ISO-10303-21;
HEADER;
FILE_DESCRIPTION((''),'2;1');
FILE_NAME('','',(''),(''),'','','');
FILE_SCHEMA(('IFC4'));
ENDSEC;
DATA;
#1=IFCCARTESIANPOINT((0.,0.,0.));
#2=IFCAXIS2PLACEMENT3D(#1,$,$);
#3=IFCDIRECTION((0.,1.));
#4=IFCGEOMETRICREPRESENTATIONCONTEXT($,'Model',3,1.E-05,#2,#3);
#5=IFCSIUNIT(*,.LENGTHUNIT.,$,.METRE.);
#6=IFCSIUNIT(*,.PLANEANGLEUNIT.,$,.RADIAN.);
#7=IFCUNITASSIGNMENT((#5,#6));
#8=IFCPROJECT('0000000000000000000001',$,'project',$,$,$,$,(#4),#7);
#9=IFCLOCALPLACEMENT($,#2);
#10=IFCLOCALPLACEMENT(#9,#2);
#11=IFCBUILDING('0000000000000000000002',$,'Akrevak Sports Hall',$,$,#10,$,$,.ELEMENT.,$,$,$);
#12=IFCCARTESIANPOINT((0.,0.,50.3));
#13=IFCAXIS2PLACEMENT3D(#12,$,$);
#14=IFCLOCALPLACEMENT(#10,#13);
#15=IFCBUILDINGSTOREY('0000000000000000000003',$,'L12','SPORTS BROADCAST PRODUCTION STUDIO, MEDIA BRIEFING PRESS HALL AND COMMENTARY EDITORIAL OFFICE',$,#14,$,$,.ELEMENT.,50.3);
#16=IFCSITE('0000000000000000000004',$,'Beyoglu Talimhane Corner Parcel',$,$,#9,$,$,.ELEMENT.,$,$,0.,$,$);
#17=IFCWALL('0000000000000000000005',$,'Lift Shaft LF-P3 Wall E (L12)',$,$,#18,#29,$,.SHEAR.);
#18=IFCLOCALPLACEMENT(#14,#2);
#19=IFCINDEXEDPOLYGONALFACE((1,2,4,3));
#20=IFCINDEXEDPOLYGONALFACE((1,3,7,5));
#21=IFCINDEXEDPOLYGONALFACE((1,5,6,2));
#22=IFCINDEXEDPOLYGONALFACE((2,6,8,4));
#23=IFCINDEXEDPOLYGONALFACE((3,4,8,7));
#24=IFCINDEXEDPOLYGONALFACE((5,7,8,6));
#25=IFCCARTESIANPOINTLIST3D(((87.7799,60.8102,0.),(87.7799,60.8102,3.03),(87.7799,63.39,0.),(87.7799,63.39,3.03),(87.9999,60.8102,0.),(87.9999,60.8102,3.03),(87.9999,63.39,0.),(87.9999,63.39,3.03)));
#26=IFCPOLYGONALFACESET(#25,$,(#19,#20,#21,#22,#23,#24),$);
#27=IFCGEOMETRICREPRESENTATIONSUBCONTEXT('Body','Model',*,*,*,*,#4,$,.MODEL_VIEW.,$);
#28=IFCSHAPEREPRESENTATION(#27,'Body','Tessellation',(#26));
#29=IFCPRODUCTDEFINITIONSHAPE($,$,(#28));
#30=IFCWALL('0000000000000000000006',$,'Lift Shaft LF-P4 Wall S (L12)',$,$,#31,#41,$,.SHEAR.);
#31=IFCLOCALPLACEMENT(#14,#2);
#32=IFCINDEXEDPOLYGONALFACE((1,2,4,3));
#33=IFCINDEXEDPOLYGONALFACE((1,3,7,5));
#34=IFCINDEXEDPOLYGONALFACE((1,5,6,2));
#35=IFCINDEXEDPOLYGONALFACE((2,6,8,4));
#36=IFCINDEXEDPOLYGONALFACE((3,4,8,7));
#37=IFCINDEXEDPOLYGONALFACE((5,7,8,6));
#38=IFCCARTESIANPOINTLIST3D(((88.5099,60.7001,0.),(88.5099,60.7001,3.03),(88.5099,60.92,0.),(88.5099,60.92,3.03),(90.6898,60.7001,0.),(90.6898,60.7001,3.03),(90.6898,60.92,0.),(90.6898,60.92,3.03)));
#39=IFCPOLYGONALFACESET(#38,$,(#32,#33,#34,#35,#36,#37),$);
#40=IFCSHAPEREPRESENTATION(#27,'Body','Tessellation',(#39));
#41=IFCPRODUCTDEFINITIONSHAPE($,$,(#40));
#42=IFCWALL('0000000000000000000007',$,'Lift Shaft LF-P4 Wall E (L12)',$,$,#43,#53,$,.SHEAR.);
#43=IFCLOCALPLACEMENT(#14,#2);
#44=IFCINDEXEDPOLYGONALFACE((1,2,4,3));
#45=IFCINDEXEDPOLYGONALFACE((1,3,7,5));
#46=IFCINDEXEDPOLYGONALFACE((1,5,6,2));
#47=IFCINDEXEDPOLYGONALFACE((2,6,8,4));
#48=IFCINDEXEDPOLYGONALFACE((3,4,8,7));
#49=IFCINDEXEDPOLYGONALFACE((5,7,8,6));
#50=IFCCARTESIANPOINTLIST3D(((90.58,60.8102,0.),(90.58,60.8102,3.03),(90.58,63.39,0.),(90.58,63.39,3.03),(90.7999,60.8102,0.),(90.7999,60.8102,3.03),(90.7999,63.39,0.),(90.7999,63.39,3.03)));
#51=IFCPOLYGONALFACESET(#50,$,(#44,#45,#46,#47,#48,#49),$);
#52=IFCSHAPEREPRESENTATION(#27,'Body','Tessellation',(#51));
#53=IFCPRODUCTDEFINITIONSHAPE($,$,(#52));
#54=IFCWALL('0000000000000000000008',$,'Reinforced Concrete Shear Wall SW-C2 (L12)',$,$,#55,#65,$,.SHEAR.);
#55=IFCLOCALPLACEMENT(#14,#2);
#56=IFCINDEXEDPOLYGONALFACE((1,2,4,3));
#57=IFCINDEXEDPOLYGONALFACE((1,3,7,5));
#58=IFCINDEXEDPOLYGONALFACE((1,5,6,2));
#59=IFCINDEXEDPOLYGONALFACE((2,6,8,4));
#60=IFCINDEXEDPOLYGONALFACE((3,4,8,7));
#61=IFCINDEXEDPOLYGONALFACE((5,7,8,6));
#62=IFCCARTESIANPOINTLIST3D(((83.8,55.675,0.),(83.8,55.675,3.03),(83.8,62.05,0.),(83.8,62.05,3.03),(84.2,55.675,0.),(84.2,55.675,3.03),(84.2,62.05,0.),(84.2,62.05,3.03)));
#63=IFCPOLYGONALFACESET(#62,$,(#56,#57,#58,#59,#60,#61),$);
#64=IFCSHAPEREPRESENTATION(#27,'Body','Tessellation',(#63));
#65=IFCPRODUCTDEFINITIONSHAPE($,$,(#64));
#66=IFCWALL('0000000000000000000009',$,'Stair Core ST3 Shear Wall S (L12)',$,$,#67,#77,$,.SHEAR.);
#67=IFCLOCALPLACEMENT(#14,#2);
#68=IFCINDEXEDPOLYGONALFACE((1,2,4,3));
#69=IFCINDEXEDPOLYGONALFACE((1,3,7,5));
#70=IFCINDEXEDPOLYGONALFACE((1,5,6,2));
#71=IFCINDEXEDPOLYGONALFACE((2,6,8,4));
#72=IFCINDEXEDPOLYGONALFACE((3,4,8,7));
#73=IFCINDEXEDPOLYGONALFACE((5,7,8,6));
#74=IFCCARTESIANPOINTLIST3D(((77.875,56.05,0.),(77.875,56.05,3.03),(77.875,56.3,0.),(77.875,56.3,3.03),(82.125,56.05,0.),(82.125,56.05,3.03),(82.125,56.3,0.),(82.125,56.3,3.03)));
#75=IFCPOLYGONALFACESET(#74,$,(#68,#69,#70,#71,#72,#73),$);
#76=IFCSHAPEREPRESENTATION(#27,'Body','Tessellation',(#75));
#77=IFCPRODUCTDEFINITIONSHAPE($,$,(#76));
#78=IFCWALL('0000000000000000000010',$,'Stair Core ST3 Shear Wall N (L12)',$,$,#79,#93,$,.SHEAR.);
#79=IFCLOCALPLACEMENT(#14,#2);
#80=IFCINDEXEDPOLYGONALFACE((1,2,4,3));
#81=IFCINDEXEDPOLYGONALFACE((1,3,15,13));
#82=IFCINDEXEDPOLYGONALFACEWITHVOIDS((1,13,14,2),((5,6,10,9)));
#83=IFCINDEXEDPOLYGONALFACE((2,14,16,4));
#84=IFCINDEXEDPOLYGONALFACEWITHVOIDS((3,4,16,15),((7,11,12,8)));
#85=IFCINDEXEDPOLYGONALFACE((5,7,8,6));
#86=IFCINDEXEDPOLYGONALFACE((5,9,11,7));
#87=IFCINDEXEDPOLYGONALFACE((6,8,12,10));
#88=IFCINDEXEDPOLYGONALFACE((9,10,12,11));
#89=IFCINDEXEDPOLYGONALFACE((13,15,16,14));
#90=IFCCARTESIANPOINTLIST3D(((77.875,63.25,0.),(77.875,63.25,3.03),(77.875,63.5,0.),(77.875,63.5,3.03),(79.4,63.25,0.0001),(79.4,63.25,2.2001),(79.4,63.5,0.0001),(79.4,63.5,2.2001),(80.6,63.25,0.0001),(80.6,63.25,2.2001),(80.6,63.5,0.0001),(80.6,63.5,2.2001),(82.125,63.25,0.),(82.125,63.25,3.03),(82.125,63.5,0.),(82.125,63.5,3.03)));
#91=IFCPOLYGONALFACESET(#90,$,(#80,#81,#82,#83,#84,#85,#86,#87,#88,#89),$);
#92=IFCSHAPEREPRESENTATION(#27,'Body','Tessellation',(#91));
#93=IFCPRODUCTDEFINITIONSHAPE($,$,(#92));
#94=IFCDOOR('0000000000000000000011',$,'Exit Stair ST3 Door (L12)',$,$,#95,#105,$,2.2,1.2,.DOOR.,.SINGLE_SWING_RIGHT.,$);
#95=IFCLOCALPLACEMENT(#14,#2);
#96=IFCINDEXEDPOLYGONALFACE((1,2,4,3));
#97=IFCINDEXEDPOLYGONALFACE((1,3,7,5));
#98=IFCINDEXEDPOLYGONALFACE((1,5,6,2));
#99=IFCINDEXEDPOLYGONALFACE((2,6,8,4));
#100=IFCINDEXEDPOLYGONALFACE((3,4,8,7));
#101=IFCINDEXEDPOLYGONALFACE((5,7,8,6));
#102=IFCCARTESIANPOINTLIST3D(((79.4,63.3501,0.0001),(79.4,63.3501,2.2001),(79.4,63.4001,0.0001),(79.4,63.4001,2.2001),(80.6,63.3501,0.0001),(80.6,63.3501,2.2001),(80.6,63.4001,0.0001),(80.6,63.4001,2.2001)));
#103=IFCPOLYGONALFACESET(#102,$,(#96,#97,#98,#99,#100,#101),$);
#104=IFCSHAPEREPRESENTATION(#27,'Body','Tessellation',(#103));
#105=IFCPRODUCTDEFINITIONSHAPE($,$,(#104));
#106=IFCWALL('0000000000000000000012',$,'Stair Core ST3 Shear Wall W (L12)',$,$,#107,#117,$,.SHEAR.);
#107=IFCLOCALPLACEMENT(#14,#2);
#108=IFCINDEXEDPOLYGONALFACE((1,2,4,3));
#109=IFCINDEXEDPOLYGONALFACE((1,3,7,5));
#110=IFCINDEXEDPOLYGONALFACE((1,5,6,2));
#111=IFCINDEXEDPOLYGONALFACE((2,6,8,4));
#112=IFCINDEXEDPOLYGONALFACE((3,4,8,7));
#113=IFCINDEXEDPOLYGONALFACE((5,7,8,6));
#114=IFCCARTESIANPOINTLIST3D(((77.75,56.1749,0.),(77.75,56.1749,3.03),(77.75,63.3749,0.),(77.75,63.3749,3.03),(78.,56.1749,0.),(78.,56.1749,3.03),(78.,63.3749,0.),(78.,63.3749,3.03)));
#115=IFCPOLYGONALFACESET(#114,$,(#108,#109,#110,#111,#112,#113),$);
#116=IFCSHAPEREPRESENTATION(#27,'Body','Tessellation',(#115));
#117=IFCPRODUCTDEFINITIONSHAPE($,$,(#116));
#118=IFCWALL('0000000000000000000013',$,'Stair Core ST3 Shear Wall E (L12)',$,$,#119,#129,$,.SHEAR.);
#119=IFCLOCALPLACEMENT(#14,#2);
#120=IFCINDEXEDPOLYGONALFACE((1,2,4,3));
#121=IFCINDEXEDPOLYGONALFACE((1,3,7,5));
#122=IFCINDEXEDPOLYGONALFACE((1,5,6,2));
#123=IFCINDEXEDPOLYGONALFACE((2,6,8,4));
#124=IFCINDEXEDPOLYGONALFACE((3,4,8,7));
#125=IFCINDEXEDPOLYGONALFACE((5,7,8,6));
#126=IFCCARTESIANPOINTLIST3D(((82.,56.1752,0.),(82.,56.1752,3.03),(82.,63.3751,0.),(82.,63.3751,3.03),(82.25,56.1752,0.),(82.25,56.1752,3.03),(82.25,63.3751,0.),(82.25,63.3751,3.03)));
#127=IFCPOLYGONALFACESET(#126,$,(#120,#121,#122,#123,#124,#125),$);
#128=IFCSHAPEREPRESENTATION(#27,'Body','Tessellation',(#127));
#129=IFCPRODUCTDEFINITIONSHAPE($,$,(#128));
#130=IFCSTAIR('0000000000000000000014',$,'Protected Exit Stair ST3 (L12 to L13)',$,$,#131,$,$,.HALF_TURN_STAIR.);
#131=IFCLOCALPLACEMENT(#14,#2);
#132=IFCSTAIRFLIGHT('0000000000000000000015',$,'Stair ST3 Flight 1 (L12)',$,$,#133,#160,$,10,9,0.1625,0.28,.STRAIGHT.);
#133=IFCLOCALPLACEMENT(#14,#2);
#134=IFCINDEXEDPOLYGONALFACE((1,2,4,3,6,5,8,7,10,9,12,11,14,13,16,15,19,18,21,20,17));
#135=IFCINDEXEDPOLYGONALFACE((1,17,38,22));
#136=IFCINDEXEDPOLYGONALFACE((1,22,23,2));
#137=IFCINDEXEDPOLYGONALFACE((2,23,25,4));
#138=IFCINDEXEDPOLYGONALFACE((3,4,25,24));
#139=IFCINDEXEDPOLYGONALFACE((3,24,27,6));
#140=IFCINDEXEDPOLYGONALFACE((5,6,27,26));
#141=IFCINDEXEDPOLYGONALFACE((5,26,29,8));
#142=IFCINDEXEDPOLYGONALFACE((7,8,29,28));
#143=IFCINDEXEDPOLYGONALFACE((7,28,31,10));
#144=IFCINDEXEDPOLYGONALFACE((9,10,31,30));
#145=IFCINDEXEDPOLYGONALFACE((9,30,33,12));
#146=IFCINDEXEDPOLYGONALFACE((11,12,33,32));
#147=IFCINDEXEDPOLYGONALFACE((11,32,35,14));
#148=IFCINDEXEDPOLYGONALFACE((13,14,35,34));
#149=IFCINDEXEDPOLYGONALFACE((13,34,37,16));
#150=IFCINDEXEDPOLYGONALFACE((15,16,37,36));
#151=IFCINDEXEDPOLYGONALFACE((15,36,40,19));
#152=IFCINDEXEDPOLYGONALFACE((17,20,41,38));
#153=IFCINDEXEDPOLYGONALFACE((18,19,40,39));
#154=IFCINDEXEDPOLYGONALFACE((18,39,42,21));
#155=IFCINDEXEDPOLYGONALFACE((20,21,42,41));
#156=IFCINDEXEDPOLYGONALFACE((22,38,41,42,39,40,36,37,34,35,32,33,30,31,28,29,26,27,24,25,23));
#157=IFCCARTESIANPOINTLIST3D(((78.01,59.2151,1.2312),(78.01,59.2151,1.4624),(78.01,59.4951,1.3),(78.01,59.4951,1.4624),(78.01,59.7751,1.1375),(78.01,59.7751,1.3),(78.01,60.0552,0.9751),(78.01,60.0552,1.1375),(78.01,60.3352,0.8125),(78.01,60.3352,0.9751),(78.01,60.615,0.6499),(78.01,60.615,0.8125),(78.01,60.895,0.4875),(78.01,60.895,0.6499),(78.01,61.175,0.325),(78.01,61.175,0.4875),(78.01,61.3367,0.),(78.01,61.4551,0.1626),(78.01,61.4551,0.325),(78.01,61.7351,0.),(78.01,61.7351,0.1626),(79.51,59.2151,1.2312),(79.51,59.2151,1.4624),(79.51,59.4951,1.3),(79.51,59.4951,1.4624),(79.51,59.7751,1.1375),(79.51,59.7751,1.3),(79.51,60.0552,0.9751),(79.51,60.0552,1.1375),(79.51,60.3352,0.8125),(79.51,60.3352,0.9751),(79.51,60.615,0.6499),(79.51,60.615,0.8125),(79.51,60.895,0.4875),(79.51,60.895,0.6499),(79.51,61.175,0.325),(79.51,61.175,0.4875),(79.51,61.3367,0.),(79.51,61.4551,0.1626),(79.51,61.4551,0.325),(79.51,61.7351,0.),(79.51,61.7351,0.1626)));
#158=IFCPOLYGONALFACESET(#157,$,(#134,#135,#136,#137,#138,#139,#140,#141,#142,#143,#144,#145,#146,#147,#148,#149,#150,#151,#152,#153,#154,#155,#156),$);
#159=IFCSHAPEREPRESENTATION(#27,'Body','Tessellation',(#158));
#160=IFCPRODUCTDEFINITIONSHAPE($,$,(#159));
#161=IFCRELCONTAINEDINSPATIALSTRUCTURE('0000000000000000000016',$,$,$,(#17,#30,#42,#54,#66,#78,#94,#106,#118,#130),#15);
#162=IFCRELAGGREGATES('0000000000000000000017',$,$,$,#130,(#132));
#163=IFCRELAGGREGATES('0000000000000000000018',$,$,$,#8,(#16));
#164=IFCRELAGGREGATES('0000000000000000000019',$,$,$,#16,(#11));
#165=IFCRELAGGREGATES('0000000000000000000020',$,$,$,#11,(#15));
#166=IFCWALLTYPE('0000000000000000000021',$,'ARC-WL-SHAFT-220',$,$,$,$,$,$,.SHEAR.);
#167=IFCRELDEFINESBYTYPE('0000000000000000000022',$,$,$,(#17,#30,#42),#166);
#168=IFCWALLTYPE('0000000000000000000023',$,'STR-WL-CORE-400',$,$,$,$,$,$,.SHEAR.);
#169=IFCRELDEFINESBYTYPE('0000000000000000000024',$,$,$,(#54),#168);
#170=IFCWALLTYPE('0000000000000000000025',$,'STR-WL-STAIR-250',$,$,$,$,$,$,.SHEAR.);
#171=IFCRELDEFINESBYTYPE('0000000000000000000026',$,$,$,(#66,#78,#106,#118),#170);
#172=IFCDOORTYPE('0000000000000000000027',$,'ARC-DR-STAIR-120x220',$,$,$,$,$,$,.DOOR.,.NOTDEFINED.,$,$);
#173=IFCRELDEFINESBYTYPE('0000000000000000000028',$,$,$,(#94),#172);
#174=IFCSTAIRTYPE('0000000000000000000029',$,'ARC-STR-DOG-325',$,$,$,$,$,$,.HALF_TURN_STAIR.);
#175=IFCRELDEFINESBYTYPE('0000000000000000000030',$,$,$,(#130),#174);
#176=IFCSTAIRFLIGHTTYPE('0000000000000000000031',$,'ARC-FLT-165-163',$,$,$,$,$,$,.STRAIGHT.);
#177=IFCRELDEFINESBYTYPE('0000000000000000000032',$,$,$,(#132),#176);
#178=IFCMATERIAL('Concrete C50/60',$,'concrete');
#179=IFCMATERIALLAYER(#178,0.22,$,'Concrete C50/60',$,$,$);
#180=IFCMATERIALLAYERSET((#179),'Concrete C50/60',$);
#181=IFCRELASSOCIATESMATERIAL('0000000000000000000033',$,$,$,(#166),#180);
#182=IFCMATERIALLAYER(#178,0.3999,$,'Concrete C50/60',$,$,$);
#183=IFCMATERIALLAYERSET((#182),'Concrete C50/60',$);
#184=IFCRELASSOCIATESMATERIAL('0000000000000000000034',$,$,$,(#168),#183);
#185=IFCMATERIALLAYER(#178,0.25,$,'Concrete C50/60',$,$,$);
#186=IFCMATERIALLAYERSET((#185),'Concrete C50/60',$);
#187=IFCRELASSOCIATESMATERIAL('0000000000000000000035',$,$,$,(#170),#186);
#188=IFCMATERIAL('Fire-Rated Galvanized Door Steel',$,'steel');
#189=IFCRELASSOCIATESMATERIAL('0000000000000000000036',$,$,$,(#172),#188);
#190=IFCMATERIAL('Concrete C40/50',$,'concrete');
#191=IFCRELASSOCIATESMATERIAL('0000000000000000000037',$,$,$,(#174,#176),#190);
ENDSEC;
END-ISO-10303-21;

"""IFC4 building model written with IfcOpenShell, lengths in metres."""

from ifc_helpers import new_model, si_unit, direction, frame, frame_2d, origin, place, context, subcontext, project, spatial, polyline, rectangle, outline, extrude, material, layer, layer_set, type_object, element, fill, aggregate, save


model = new_model("IFC4")

# Units and contexts
model_context = context("Model", 3, precision=1e-05, world=origin(), true_north=direction((0.0, 1.0)))
body_context = subcontext(model_context, "Body", "Model", "MODEL_VIEW")
ifc_project = project(units=[si_unit("LENGTHUNIT", "METRE"), si_unit("PLANEANGLEUNIT", "RADIAN")], contexts=[model_context])

# Site, building, storey
site_placement = place(None, origin())
site = spatial("IfcSite", under=ifc_project, at=site_placement, Name="Beyoglu Talimhane Corner Parcel", CompositionType="ELEMENT", RefElevation=0.0)
building_placement = place(site_placement, origin())
building = spatial("IfcBuilding", under=site, at=building_placement, Name="Akrevak Sports Hall", CompositionType="ELEMENT")
storey_placement = place(building_placement, frame((0.0, 0.0, 50.3)))
storey = spatial("IfcBuildingStorey", under=building, at=storey_placement, Name="L12", Description="SPORTS BROADCAST PRODUCTION STUDIO, MEDIA BRIEFING PRESS HALL AND COMMENTARY EDITORIAL OFFICE", CompositionType="ELEMENT", Elevation=50.3)

# Shared definitions
ifc_material_1 = material(Name="Concrete C40/50", Category="concrete")
ifc_material_2 = material(Name="Concrete C50/60", Category="concrete")

# Walls
ifc_layer_1 = layer(ifc_material_2, 0.22, Name="Concrete C50/60")
ifc_layer_set_1 = layer_set([ifc_layer_1], Name="Concrete C50/60")
wall_type_1 = type_object("IfcWallType", Name="ARC-WL-SHAFT-220", PredefinedType="SHEAR", material=ifc_layer_set_1)
for number, where, z_axis, x_axis, name in (
    (1, (87.8899, 60.8101, 0.0), (0.0, 0.0, 1.0), (0.0, 1.0, 0.0), "Lift Shaft LF-P3 Wall E (L12)"),
):
    element("IfcWall", number, at=place(storey_placement, frame(where, z_axis=z_axis, x_axis=x_axis)), inside=storey, type_object=wall_type_1, Name=name, PredefinedType="SHEAR", context=body_context, shape_type="SweptSolid", body=[
        extrude(rectangle(XDim=2.5798, YDim=0.22, at=frame_2d((1.29, 0.0))), origin(), (0.0, 0.0, 1.0), 3.03),
    ])
wall_1_placement = place(storey_placement, frame((88.51, 60.8101, 0.0), z_axis=(0.0, 0.0, 1.0), x_axis=(1.0, 0.0, 0.0)))
element("IfcWall", 2, at=wall_1_placement, inside=storey, type_object=wall_type_1, Name="Lift Shaft LF-P4 Wall S (L12)", PredefinedType="SHEAR", context=body_context, shape_type="SweptSolid", body=[
    extrude(rectangle(XDim=2.1799, YDim=0.22, at=frame_2d((1.0898, 0.0))), origin(), (0.0, 0.0, 1.0), 3.03),
])
wall_2_placement = place(storey_placement, frame((90.6899, 60.8101, 0.0), z_axis=(0.0, 0.0, 1.0), x_axis=(0.0, 1.0, 0.0)))
element("IfcWall", 3, at=wall_2_placement, inside=storey, type_object=wall_type_1, Name="Lift Shaft LF-P4 Wall E (L12)", PredefinedType="SHEAR", context=body_context, shape_type="SweptSolid", body=[
    extrude(rectangle(XDim=2.5798, YDim=0.22, at=frame_2d((1.29, 0.0))), origin(), (0.0, 0.0, 1.0), 3.03),
])
ifc_layer_2 = layer(ifc_material_2, 0.3999, Name="Concrete C50/60")
ifc_layer_set_2 = layer_set([ifc_layer_2], Name="Concrete C50/60")
wall_type_2 = type_object("IfcWallType", Name="STR-WL-CORE-400", PredefinedType="SHEAR", material=ifc_layer_set_2)
wall_3_placement = place(storey_placement, frame((84.0, 55.675, 0.0), z_axis=(0.0, 0.0, 1.0), x_axis=(0.0, 1.0, 0.0)))
element("IfcWall", 4, at=wall_3_placement, inside=storey, type_object=wall_type_2, Name="Reinforced Concrete Shear Wall SW-C2 (L12)", PredefinedType="SHEAR", context=body_context, shape_type="SweptSolid", body=[
    extrude(rectangle(XDim=6.375, YDim=0.3999, at=frame_2d((3.1875, 0.0))), origin(), (0.0, 0.0, 1.0), 3.03),
])
ifc_layer_3 = layer(ifc_material_2, 0.25, Name="Concrete C50/60")
ifc_layer_set_3 = layer_set([ifc_layer_3], Name="Concrete C50/60")
wall_type_3 = type_object("IfcWallType", Name="STR-WL-STAIR-250", PredefinedType="SHEAR", material=ifc_layer_set_3)
wall_4_placement = place(storey_placement, frame((77.875, 56.175, 0.0), z_axis=(0.0, 0.0, 1.0), x_axis=(1.0, 0.0, 0.0)))
element("IfcWall", 5, at=wall_4_placement, inside=storey, type_object=wall_type_3, Name="Stair Core ST3 Shear Wall S (L12)", PredefinedType="SHEAR", context=body_context, shape_type="SweptSolid", body=[
    extrude(rectangle(XDim=4.25, YDim=0.25, at=frame_2d((2.125, 0.0))), origin(), (0.0, 0.0, 1.0), 3.03),
])

# Wall, opening, door
wall_5_placement = place(storey_placement, frame((82.125, 63.375, 0.0), z_axis=(0.0, 0.0, 1.0), x_axis=(-1.0, 0.0, 0.0)))
wall_5 = element("IfcWall", 6, at=wall_5_placement, inside=storey, type_object=wall_type_3, Name="Stair Core ST3 Shear Wall N (L12)", PredefinedType="SHEAR", context=body_context, shape_type="SweptSolid", body=[
    extrude(rectangle(XDim=4.25, YDim=0.25, at=frame_2d((2.125, 0.0))), origin(), (0.0, 0.0, 1.0), 3.03),
])
opening_placement = place(wall_5_placement, frame((1.5249, 0.0, 0.0)))
opening = element("IfcOpeningElement", 7, at=opening_placement, cuts=wall_5, PredefinedType="OPENING", context=body_context, shape_type="SweptSolid", body=[
    extrude(rectangle(XDim=1.2, YDim=2.2, at=frame_2d((0.6001, 1.1001))), frame((0.0, 0.137, 0.0), z_axis=(0.0, -1.0, 0.0), x_axis=(1.0, 0.0, 0.0)), (0.0, 0.0, 1.0), 0.2739),
])
ifc_material_3 = material(Name="Fire-Rated Galvanized Door Steel", Category="steel")
door_type = type_object("IfcDoorType", Name="ARC-DR-STAIR-120x220", OperationType="NOTDEFINED", PredefinedType="DOOR", material=ifc_material_3)
door_placement = place(opening_placement, origin())
door = element("IfcDoor", 8, at=door_placement, inside=storey, type_object=door_type, Name="Exit Stair ST3 Door (L12)", OperationType="SINGLE_SWING_RIGHT", OverallHeight=2.2, OverallWidth=1.2, PredefinedType="DOOR", context=body_context, shape_type="SweptSolid", body=[
    extrude(rectangle(XDim=1.2, YDim=2.2, at=frame_2d((0.6001, 1.1001))), frame((0.0, 0.0249, 0.0), z_axis=(0.0, -1.0, 0.0), x_axis=(1.0, 0.0, 0.0)), (0.0, 0.0, 1.0), 0.05),
])
fill(opening, door)

# Walls
for number, where, z_axis, x_axis, name in (
    (9, (77.875, 63.375, 0.0), (0.0, 0.0, 1.0), (0.0, -1.0, 0.0), "Stair Core ST3 Shear Wall W (L12)"),
    (10, (82.125, 56.175, 0.0), (0.0, 0.0, 1.0), (0.0, 1.0, 0.0), "Stair Core ST3 Shear Wall E (L12)"),
):
    element("IfcWall", number, at=place(storey_placement, frame(where, z_axis=z_axis, x_axis=x_axis)), inside=storey, type_object=wall_type_3, Name=name, PredefinedType="SHEAR", context=body_context, shape_type="SweptSolid", body=[
        extrude(rectangle(XDim=7.2, YDim=0.25, at=frame_2d((3.6001, 0.0))), origin(), (0.0, 0.0, 1.0), 3.03),
    ])

# Stair, stair flight
stair_type = type_object("IfcStairType", Name="ARC-STR-DOG-325", PredefinedType="HALF_TURN_STAIR", material=ifc_material_1)
stair_placement = place(storey_placement, origin())
stair = element("IfcStair", 11, at=stair_placement, inside=storey, type_object=stair_type, Name="Protected Exit Stair ST3 (L12 to L13)", PredefinedType="HALF_TURN_STAIR")
stair_flight_type = type_object("IfcStairFlightType", Name="ARC-FLT-165-163", PredefinedType="STRAIGHT", material=ifc_material_1)
stair_flight_1_placement = place(storey_placement, frame((78.76, 61.7351, 0.0), z_axis=(0.0, 0.0, 1.0), x_axis=(0.0, -1.0, 0.0)))
stair_flight_1 = element("IfcStairFlight", 12, at=stair_flight_1_placement, type_object=stair_flight_type, Name="Stair ST3 Flight 1 (L12)", NumberOfRisers=10, NumberOfTreads=9, PredefinedType="STRAIGHT", RiserHeight=0.1625, TreadLength=0.28, context=body_context, shape_type="SweptSolid", body=[
    extrude(outline(polyline([(0.0, 0.0), (0.0, 0.1626), (0.28, 0.1626), (0.28, 0.325), (0.5601, 0.325), (0.5601, 0.4875), (0.8401, 0.4875), (0.8401, 0.6499), (1.1201, 0.6499), (1.1201, 0.8125), (1.3999, 0.8125), (1.3999, 0.9751), (1.6799, 0.9751), (1.6799, 1.1375), (1.96, 1.1375), (1.96, 1.3), (2.24, 1.3), (2.24, 1.4624), (2.52, 1.4624), (2.52, 1.625), (2.52, 1.2312), (0.3984, 0.0), (0.0, 0.0)])), frame((0.0, 0.75, 0.0), z_axis=(0.0, -1.0, 0.0), x_axis=(1.0, 0.0, 0.0)), (0.0, 0.0, 1.0), 1.5),
])
aggregate(stair, [stair_flight_1])

save(model, "model.ifc")
